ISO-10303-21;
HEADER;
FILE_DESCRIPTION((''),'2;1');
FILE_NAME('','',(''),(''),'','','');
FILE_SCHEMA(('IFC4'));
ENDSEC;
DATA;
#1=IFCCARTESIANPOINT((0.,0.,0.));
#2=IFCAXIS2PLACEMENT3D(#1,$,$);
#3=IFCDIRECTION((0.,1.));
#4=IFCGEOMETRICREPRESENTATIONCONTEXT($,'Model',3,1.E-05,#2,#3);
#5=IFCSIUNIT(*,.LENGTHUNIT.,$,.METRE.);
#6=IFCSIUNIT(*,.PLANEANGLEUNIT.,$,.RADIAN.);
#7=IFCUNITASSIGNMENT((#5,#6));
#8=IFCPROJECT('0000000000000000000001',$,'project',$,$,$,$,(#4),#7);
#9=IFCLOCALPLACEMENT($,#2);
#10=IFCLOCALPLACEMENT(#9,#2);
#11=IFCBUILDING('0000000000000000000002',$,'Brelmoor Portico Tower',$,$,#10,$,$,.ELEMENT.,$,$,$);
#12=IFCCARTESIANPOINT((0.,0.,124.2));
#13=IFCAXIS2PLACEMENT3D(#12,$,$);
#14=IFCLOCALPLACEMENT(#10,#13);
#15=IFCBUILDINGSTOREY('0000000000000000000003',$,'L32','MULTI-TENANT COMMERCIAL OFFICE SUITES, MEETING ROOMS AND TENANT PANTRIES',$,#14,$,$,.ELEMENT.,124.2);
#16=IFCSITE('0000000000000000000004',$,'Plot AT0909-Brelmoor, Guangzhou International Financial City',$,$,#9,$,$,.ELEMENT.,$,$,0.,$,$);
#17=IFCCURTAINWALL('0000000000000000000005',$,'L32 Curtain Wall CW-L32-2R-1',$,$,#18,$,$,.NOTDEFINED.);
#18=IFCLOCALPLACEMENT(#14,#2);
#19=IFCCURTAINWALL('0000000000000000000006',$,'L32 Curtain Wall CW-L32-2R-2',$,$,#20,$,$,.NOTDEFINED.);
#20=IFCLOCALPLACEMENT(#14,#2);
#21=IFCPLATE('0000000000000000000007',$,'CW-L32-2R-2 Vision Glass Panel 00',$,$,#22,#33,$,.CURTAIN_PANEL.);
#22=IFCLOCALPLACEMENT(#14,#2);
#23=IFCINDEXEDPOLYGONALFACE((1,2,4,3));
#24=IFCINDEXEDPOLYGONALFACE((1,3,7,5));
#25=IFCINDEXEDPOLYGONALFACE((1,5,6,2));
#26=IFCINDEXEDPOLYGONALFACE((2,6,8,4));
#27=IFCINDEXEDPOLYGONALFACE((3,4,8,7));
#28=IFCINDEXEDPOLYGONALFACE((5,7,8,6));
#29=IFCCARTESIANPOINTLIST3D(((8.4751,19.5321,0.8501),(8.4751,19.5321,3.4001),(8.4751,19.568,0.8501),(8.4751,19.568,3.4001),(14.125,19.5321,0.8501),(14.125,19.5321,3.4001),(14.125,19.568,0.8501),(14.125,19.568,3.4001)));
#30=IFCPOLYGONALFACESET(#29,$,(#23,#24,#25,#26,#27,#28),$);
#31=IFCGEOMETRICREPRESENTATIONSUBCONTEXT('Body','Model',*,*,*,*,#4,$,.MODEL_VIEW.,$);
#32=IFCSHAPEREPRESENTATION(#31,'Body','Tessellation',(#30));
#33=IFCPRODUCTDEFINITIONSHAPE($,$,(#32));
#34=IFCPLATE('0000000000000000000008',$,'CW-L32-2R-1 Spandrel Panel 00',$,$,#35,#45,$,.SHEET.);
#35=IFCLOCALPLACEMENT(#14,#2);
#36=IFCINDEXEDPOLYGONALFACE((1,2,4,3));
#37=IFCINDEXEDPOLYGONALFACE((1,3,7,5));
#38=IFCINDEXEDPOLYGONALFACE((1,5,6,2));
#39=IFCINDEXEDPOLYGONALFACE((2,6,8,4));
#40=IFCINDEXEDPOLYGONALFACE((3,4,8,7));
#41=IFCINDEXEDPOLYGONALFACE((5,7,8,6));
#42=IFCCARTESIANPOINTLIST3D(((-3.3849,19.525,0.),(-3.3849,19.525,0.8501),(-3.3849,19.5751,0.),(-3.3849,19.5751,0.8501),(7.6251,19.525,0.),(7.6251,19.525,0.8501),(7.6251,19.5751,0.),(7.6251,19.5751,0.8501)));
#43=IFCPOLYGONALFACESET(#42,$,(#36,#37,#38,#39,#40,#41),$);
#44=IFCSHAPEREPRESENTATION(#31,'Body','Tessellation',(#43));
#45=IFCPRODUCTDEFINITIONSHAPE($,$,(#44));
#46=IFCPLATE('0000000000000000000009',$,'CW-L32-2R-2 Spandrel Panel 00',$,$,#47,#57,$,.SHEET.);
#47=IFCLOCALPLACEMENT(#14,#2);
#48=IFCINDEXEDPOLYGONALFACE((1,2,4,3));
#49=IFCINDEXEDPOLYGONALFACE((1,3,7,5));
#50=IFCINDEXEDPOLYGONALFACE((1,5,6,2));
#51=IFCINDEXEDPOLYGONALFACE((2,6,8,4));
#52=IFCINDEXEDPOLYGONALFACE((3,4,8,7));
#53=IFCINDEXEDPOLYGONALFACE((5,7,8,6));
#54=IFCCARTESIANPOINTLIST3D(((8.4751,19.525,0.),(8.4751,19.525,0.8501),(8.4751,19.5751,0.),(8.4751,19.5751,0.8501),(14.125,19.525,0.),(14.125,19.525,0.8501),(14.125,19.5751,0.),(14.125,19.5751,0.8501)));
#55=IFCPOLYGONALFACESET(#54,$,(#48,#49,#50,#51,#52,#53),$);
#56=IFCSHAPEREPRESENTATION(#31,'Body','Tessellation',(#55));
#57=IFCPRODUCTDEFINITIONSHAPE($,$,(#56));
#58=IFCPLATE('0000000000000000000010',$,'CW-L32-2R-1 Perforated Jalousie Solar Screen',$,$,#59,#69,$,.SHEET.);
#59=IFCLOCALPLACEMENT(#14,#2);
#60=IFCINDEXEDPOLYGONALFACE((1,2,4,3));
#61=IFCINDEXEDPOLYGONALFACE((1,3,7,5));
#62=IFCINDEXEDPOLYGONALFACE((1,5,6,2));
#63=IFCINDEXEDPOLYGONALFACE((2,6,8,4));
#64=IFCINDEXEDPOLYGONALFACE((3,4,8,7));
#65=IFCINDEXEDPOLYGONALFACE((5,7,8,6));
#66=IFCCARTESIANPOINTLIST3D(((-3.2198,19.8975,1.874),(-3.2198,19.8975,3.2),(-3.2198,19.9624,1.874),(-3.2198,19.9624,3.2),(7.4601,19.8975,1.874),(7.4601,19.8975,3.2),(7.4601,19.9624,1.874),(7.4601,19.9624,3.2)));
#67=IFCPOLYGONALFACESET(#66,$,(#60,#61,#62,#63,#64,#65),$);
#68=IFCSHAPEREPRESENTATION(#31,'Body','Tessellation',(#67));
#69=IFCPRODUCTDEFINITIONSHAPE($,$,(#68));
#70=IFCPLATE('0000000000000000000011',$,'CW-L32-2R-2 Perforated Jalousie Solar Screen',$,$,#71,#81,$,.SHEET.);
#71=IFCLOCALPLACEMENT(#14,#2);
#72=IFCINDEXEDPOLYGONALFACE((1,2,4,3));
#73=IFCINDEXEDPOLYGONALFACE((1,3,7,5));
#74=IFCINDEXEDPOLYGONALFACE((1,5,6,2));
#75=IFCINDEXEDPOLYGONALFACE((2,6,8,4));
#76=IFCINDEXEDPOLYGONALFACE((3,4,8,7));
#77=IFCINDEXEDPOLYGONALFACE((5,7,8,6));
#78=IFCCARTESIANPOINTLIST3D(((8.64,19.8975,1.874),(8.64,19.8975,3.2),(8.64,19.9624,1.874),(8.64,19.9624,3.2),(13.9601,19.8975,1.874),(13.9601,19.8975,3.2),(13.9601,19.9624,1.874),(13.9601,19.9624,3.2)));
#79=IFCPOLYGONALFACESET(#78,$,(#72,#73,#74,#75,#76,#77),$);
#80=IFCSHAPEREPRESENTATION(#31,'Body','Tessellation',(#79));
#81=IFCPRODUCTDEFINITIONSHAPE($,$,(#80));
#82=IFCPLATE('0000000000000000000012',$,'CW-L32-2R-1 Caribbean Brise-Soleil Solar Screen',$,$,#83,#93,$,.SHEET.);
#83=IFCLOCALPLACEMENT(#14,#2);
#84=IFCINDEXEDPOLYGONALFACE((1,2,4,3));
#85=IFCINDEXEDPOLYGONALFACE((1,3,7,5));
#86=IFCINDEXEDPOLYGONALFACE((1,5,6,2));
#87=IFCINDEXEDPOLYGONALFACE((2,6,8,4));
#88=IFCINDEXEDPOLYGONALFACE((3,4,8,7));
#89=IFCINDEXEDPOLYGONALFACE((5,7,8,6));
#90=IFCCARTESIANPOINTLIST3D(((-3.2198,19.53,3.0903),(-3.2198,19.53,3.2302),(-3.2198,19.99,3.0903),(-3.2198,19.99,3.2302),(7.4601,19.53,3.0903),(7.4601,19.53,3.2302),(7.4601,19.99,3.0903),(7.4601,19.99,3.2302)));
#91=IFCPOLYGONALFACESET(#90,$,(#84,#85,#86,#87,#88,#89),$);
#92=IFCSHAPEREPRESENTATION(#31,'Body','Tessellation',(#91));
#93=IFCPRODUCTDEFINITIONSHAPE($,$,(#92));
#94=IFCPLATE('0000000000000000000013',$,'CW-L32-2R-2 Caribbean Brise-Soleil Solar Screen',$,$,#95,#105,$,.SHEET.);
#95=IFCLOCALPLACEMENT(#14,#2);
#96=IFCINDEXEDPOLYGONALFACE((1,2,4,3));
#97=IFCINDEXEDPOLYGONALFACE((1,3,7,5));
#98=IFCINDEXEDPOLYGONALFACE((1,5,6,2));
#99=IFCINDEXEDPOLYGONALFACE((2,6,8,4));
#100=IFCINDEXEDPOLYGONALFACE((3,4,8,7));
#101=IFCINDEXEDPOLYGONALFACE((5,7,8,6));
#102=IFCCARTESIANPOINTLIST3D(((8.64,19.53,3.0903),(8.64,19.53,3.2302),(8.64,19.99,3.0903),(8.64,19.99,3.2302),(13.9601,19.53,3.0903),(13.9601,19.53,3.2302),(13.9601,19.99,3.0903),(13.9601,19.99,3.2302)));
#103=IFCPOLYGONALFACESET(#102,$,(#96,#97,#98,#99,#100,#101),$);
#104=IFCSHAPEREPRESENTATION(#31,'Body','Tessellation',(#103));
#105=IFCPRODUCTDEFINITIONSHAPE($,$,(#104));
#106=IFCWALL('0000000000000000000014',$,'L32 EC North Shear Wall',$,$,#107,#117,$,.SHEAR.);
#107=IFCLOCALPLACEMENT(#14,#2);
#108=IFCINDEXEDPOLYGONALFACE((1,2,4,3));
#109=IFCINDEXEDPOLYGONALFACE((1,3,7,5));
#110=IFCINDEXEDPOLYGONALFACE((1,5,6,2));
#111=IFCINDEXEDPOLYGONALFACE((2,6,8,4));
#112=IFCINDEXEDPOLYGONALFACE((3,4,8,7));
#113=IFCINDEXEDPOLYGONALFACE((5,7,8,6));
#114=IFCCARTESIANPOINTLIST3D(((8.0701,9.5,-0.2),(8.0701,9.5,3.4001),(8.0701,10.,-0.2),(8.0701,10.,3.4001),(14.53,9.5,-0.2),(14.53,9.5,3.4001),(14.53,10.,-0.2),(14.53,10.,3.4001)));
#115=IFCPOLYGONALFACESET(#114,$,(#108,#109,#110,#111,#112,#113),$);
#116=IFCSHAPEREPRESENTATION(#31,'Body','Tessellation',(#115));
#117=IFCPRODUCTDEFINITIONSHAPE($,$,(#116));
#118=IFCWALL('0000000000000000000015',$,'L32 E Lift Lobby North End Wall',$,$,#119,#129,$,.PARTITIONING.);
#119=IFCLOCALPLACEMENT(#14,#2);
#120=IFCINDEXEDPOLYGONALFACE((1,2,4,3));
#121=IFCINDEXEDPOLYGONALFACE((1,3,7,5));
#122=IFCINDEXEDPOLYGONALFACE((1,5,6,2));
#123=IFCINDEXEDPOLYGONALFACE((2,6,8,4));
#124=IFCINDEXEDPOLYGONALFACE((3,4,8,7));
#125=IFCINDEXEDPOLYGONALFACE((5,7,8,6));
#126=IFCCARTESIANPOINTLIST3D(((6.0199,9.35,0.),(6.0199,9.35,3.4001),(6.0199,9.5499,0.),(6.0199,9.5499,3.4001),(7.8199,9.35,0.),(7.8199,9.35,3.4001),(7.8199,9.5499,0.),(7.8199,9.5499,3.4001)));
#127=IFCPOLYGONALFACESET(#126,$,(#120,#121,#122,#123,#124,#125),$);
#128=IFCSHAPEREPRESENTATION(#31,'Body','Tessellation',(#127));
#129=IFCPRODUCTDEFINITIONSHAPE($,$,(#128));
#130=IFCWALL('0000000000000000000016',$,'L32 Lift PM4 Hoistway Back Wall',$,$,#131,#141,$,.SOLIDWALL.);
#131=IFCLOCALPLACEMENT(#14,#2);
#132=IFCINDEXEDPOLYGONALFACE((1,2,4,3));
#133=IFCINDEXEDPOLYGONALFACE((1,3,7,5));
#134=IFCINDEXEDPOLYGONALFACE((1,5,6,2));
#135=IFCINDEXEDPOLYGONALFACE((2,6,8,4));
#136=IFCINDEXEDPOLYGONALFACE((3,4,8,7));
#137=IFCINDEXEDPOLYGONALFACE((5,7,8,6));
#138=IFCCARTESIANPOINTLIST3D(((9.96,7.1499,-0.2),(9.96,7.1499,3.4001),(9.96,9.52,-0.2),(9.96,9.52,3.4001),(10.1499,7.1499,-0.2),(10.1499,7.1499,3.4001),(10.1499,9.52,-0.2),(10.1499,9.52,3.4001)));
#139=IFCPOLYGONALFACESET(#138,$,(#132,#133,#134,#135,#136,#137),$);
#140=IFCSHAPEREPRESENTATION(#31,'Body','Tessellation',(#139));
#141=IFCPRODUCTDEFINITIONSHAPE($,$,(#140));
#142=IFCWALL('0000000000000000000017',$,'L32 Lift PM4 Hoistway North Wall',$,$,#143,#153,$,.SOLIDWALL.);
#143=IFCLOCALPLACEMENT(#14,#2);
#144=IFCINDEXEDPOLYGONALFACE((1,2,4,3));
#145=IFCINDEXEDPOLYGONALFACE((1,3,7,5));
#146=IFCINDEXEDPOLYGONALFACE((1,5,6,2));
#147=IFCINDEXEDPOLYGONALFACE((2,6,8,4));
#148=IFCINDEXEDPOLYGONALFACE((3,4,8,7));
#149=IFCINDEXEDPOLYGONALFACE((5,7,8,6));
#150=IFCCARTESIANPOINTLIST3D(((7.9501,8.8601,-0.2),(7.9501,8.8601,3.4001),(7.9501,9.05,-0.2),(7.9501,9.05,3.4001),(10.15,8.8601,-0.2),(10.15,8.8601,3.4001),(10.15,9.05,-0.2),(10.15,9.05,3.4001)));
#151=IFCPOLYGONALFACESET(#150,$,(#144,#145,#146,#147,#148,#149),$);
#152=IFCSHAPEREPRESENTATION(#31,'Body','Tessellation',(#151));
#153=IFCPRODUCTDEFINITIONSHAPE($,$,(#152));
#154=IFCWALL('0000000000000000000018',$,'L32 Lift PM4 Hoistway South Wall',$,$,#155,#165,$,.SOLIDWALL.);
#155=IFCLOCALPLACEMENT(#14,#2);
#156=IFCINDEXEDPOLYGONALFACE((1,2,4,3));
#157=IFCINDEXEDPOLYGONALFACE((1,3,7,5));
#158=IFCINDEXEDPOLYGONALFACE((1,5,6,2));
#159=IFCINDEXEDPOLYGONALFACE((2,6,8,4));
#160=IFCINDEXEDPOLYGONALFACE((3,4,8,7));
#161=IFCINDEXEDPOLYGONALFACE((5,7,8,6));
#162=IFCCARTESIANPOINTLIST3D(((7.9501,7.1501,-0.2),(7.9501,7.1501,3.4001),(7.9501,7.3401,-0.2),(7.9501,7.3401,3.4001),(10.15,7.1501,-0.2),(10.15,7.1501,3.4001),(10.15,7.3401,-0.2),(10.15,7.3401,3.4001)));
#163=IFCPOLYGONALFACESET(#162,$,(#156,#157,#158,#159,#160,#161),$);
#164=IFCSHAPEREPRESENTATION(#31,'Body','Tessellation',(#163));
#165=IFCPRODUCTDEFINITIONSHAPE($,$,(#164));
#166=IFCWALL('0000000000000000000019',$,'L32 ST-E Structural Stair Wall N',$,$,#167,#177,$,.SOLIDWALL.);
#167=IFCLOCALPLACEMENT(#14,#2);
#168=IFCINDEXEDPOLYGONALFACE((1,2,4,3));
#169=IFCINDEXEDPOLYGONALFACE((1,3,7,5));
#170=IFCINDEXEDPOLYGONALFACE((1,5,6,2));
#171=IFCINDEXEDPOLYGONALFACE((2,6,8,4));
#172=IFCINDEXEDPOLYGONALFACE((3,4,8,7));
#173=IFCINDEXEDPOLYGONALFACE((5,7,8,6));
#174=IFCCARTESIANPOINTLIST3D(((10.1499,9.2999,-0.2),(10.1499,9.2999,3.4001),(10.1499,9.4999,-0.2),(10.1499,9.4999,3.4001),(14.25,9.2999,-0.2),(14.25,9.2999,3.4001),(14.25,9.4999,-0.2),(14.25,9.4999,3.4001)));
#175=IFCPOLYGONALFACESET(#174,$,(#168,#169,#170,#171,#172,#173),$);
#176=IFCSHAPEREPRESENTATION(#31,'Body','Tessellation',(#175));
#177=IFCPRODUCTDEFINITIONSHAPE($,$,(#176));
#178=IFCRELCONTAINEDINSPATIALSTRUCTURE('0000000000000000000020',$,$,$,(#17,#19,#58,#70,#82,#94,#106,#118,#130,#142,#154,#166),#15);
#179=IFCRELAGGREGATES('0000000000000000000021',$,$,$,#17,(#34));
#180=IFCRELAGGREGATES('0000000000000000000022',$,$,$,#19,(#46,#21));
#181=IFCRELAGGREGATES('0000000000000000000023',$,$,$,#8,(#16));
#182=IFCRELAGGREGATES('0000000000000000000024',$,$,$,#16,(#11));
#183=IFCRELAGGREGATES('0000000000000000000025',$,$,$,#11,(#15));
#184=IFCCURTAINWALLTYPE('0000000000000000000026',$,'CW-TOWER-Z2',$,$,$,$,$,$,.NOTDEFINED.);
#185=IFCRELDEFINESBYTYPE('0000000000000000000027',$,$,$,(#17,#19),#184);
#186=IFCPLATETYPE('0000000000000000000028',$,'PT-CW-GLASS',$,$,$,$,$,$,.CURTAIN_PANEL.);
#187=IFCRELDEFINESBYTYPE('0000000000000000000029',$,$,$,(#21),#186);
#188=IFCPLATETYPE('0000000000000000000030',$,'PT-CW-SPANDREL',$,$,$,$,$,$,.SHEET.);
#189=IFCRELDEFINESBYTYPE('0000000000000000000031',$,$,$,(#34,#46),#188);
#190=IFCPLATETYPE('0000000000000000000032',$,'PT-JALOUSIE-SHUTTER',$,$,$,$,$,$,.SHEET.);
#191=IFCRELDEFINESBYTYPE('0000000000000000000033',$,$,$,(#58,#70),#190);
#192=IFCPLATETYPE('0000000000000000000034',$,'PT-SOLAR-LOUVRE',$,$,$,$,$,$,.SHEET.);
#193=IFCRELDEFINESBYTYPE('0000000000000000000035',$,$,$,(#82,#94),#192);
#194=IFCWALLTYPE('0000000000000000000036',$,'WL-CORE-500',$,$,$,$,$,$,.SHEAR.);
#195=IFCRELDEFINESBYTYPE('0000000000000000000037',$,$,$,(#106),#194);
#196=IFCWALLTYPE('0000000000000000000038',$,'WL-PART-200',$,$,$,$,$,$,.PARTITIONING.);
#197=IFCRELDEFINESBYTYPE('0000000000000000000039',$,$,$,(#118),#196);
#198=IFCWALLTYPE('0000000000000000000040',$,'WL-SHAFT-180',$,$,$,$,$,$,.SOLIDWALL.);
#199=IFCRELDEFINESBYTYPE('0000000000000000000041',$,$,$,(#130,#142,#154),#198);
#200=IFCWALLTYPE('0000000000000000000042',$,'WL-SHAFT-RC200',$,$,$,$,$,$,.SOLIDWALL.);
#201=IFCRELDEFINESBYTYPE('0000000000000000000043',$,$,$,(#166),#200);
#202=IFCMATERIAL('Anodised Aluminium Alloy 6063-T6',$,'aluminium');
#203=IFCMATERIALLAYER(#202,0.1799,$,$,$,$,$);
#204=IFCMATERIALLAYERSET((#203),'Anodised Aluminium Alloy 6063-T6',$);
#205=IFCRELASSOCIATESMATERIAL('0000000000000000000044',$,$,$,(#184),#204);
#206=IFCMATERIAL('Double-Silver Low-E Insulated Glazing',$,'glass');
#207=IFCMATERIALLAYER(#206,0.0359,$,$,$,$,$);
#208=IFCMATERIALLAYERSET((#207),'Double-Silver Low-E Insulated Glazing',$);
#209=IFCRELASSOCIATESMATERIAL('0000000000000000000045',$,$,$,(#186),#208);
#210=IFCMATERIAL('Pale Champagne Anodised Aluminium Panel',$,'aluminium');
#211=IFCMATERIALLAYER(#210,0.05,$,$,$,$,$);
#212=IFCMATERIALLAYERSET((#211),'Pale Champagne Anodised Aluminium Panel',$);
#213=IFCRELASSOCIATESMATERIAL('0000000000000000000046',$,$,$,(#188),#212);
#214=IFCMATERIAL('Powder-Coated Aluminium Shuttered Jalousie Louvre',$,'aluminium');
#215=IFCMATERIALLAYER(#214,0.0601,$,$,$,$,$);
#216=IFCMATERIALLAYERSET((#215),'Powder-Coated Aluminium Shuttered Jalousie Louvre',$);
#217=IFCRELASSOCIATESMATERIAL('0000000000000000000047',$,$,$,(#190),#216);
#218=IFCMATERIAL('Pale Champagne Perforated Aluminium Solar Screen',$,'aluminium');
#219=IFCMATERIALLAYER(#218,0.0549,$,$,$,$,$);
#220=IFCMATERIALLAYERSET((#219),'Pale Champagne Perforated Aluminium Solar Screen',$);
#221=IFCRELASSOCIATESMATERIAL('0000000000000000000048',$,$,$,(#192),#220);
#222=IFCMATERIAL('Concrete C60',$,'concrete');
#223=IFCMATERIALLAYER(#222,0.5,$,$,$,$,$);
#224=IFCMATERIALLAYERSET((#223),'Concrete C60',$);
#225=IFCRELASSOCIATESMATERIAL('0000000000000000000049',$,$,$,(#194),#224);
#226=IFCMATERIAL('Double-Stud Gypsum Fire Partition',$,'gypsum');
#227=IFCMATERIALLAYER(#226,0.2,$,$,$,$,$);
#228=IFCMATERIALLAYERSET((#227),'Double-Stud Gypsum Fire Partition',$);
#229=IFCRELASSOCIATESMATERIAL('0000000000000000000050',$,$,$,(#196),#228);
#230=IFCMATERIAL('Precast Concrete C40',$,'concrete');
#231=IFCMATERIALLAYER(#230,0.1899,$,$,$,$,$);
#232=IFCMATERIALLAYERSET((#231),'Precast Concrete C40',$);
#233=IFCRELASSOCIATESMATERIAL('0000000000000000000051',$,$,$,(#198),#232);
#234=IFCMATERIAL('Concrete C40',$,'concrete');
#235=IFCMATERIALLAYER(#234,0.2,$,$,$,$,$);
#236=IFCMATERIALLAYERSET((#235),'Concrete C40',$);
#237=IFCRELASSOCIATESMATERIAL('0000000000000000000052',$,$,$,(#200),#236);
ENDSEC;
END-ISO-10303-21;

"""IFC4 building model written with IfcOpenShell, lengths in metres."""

from ifc_helpers import new_model, si_unit, direction, frame, frame_2d, origin, origin_2d, place, context, subcontext, project, spatial, rectangle, extrude, material, layer, layer_set, type_object, element, aggregate, save


model = new_model("IFC4")

# Units and contexts
model_context = context("Model", 3, precision=1e-05, world=origin(), true_north=direction((0.0, 1.0)))
body_context = subcontext(model_context, "Body", "Model", "MODEL_VIEW")
ifc_project = project(units=[si_unit("LENGTHUNIT", "METRE"), si_unit("PLANEANGLEUNIT", "RADIAN")], contexts=[model_context])

# Site, building, storey
site_placement = place(None, origin())
site = spatial("IfcSite", under=ifc_project, at=site_placement, Name="Plot AT0909-Brelmoor, Guangzhou International Financial City", CompositionType="ELEMENT", RefElevation=0.0)
building_placement = place(site_placement, origin())
building = spatial("IfcBuilding", under=site, at=building_placement, Name="Brelmoor Portico Tower", CompositionType="ELEMENT")
storey_placement = place(building_placement, frame((0.0, 0.0, 124.2)))
storey = spatial("IfcBuildingStorey", under=building, at=storey_placement, Name="L32", Description="MULTI-TENANT COMMERCIAL OFFICE SUITES, MEETING ROOMS AND TENANT PANTRIES", CompositionType="ELEMENT", Elevation=124.2)

# Curtain wall
ifc_material_1 = material(Name="Anodised Aluminium Alloy 6063-T6", Category="aluminium")
ifc_layer_1 = layer(ifc_material_1, 0.1799)
ifc_layer_set_1 = layer_set([ifc_layer_1], Name="Anodised Aluminium Alloy 6063-T6")
curtain_wall_type = type_object("IfcCurtainWallType", Name="CW-TOWER-Z2", PredefinedType="NOTDEFINED", material=ifc_layer_set_1)
curtain_wall_1_placement = place(storey_placement, origin())
curtain_wall_1 = element("IfcCurtainWall", 1, at=curtain_wall_1_placement, inside=storey, type_object=curtain_wall_type, Name="L32 Curtain Wall CW-L32-2R-1", PredefinedType="NOTDEFINED")

# Curtain wall
curtain_wall_2_placement = place(storey_placement, origin())
curtain_wall_2 = element("IfcCurtainWall", 2, at=curtain_wall_2_placement, inside=storey, type_object=curtain_wall_type, Name="L32 Curtain Wall CW-L32-2R-2", PredefinedType="NOTDEFINED")

# Plates
ifc_material_2 = material(Name="Double-Silver Low-E Insulated Glazing", Category="glass")
ifc_layer_2 = layer(ifc_material_2, 0.0359)
ifc_layer_set_2 = layer_set([ifc_layer_2], Name="Double-Silver Low-E Insulated Glazing")
plate_type_1 = type_object("IfcPlateType", Name="PT-CW-GLASS", PredefinedType="CURTAIN_PANEL", material=ifc_layer_set_2)
plate_1_placement = place(storey_placement, frame((11.3, 19.55, 0.8501), z_axis=(0.0, 0.0, 1.0), x_axis=(1.0, 0.0, 0.0)))
plate_1 = element("IfcPlate", 3, at=plate_1_placement, type_object=plate_type_1, Name="CW-L32-2R-2 Vision Glass Panel 00", PredefinedType="CURTAIN_PANEL", context=body_context, shape_type="SweptSolid", body=[
    extrude(rectangle(XDim=5.6499, YDim=0.0359, at=origin_2d()), origin(), (0.0, 0.0, 1.0), 2.55),
])
ifc_material_3 = material(Name="Pale Champagne Anodised Aluminium Panel", Category="aluminium")
ifc_layer_3 = layer(ifc_material_3, 0.05)
ifc_layer_set_3 = layer_set([ifc_layer_3], Name="Pale Champagne Anodised Aluminium Panel")
plate_type_2 = type_object("IfcPlateType", Name="PT-CW-SPANDREL", PredefinedType="SHEET", material=ifc_layer_set_3)
plate_2_placement = place(storey_placement, frame((2.1201, 19.55, 0.0), z_axis=(0.0, 0.0, 1.0), x_axis=(1.0, 0.0, 0.0)))
plate_2 = element("IfcPlate", 4, at=plate_2_placement, type_object=plate_type_2, Name="CW-L32-2R-1 Spandrel Panel 00", PredefinedType="SHEET", context=body_context, shape_type="SweptSolid", body=[
    extrude(rectangle(XDim=11.01, YDim=0.05, at=origin_2d()), origin(), (0.0, 0.0, 1.0), 0.8501),
])
aggregate(curtain_wall_1, [plate_2])
plate_3_placement = place(storey_placement, frame((11.3, 19.55, 0.0), z_axis=(0.0, 0.0, 1.0), x_axis=(1.0, 0.0, 0.0)))
plate_3 = element("IfcPlate", 5, at=plate_3_placement, type_object=plate_type_2, Name="CW-L32-2R-2 Spandrel Panel 00", PredefinedType="SHEET", context=body_context, shape_type="SweptSolid", body=[
    extrude(rectangle(XDim=5.6499, YDim=0.05, at=origin_2d()), origin(), (0.0, 0.0, 1.0), 0.8501),
])
aggregate(curtain_wall_2, [plate_3, plate_1])

# Plates
ifc_material_4 = material(Name="Powder-Coated Aluminium Shuttered Jalousie Louvre", Category="aluminium")
ifc_layer_4 = layer(ifc_material_4, 0.0601)
ifc_layer_set_4 = layer_set([ifc_layer_4], Name="Powder-Coated Aluminium Shuttered Jalousie Louvre")
plate_type_3 = type_object("IfcPlateType", Name="PT-JALOUSIE-SHUTTER", PredefinedType="SHEET", material=ifc_layer_set_4)
plate_4_placement = place(storey_placement, frame((2.1201, 19.9299, 1.874), z_axis=(0.0, 0.0, 1.0), x_axis=(1.0, 0.0, 0.0)))
element("IfcPlate", 6, at=plate_4_placement, inside=storey, type_object=plate_type_3, Name="CW-L32-2R-1 Perforated Jalousie Solar Screen", PredefinedType="SHEET", context=body_context, shape_type="SweptSolid", body=[
    extrude(rectangle(XDim=10.6799, YDim=0.0649, at=origin_2d()), origin(), (0.0, 0.0, 1.0), 1.3259),
])
plate_5_placement = place(storey_placement, frame((11.3, 19.9299, 1.874), z_axis=(0.0, 0.0, 1.0), x_axis=(1.0, 0.0, 0.0)))
element("IfcPlate", 7, at=plate_5_placement, inside=storey, type_object=plate_type_3, Name="CW-L32-2R-2 Perforated Jalousie Solar Screen", PredefinedType="SHEET", context=body_context, shape_type="SweptSolid", body=[
    extrude(rectangle(XDim=5.3201, YDim=0.0649, at=origin_2d()), origin(), (0.0, 0.0, 1.0), 1.3259),
])
ifc_material_5 = material(Name="Pale Champagne Perforated Aluminium Solar Screen", Category="aluminium")
ifc_layer_5 = layer(ifc_material_5, 0.0549)
ifc_layer_set_5 = layer_set([ifc_layer_5], Name="Pale Champagne Perforated Aluminium Solar Screen")
plate_type_4 = type_object("IfcPlateType", Name="PT-SOLAR-LOUVRE", PredefinedType="SHEET", material=ifc_layer_set_5)
plate_6_placement = place(storey_placement, frame((2.1201, 19.76, 3.0903), z_axis=(0.0, 0.0, 1.0), x_axis=(1.0, 0.0, 0.0)))
element("IfcPlate", 8, at=plate_6_placement, inside=storey, type_object=plate_type_4, Name="CW-L32-2R-1 Caribbean Brise-Soleil Solar Screen", PredefinedType="SHEET", context=body_context, shape_type="SweptSolid", body=[
    extrude(rectangle(XDim=10.6799, YDim=0.46, at=origin_2d()), origin(), (0.0, 0.0, 1.0), 0.1399),
])
plate_7_placement = place(storey_placement, frame((11.3, 19.76, 3.0903), z_axis=(0.0, 0.0, 1.0), x_axis=(1.0, 0.0, 0.0)))
element("IfcPlate", 9, at=plate_7_placement, inside=storey, type_object=plate_type_4, Name="CW-L32-2R-2 Caribbean Brise-Soleil Solar Screen", PredefinedType="SHEET", context=body_context, shape_type="SweptSolid", body=[
    extrude(rectangle(XDim=5.3201, YDim=0.46, at=origin_2d()), origin(), (0.0, 0.0, 1.0), 0.1399),
])

# Walls
ifc_material_6 = material(Name="Concrete C60", Category="concrete")
ifc_layer_6 = layer(ifc_material_6, 0.5)
ifc_layer_set_6 = layer_set([ifc_layer_6], Name="Concrete C60")
wall_type_1 = type_object("IfcWallType", Name="WL-CORE-500", PredefinedType="SHEAR", material=ifc_layer_set_6)
wall_1_placement = place(storey_placement, frame((8.0701, 9.75, -0.2), z_axis=(0.0, 0.0, 1.0), x_axis=(1.0, 0.0, 0.0)))
element("IfcWall", 10, at=wall_1_placement, inside=storey, type_object=wall_type_1, Name="L32 EC North Shear Wall", PredefinedType="SHEAR", context=body_context, shape_type="SweptSolid", body=[
    extrude(rectangle(XDim=6.46, YDim=0.5, at=frame_2d((3.23, 0.0))), origin(), (0.0, 0.0, 1.0), 3.6001),
])
ifc_material_7 = material(Name="Double-Stud Gypsum Fire Partition", Category="gypsum")
ifc_layer_7 = layer(ifc_material_7, 0.2)
ifc_layer_set_7 = layer_set([ifc_layer_7], Name="Double-Stud Gypsum Fire Partition")
wall_type_2 = type_object("IfcWallType", Name="WL-PART-200", PredefinedType="PARTITIONING", material=ifc_layer_set_7)
wall_2_placement = place(storey_placement, frame((6.02, 9.45, 0.0), z_axis=(0.0, 0.0, 1.0), x_axis=(1.0, 0.0, 0.0)))
element("IfcWall", 11, at=wall_2_placement, inside=storey, type_object=wall_type_2, Name="L32 E Lift Lobby North End Wall", PredefinedType="PARTITIONING", context=body_context, shape_type="SweptSolid", body=[
    extrude(rectangle(XDim=1.8, YDim=0.2, at=frame_2d((0.8999, 0.0))), origin(), (0.0, 0.0, 1.0), 3.4001),
])
ifc_material_8 = material(Name="Precast Concrete C40", Category="concrete")
ifc_layer_8 = layer(ifc_material_8, 0.1899)
ifc_layer_set_8 = layer_set([ifc_layer_8], Name="Precast Concrete C40")
wall_type_3 = type_object("IfcWallType", Name="WL-SHAFT-180", PredefinedType="SOLIDWALL", material=ifc_layer_set_8)
wall_3_placement = place(storey_placement, frame((10.0549, 7.1499, -0.2), z_axis=(0.0, 0.0, 1.0), x_axis=(0.0, 1.0, 0.0)))
element("IfcWall", 12, at=wall_3_placement, inside=storey, type_object=wall_type_3, Name="L32 Lift PM4 Hoistway Back Wall", PredefinedType="SOLIDWALL", context=body_context, shape_type="SweptSolid", body=[
    extrude(rectangle(XDim=2.3701, YDim=0.1899, at=frame_2d((1.1851, 0.0))), origin(), (0.0, 0.0, 1.0), 3.6001),
])
for number, where, z_axis, x_axis, name in (
    (13, (7.95, 8.9551, -0.2), (0.0, 0.0, 1.0), (1.0, 0.0, 0.0), "L32 Lift PM4 Hoistway North Wall"),
    (14, (7.95, 7.2451, -0.2), (0.0, 0.0, 1.0), (1.0, 0.0, 0.0), "L32 Lift PM4 Hoistway South Wall"),
):
    element("IfcWall", number, at=place(storey_placement, frame(where, z_axis=z_axis, x_axis=x_axis)), inside=storey, type_object=wall_type_3, Name=name, PredefinedType="SOLIDWALL", context=body_context, shape_type="SweptSolid", body=[
        extrude(rectangle(XDim=2.2, YDim=0.1899, at=frame_2d((1.1001, 0.0))), origin(), (0.0, 0.0, 1.0), 3.6001),
    ])
ifc_material_9 = material(Name="Concrete C40", Category="concrete")
ifc_layer_9 = layer(ifc_material_9, 0.2)
ifc_layer_set_9 = layer_set([ifc_layer_9], Name="Concrete C40")
wall_type_4 = type_object("IfcWallType", Name="WL-SHAFT-RC200", PredefinedType="SOLIDWALL", material=ifc_layer_set_9)
wall_4_placement = place(storey_placement, frame((10.1499, 9.3999, -0.2), z_axis=(0.0, 0.0, 1.0), x_axis=(1.0, 0.0, 0.0)))
element("IfcWall", 15, at=wall_4_placement, inside=storey, type_object=wall_type_4, Name="L32 ST-E Structural Stair Wall N", PredefinedType="SOLIDWALL", context=body_context, shape_type="SweptSolid", body=[
    extrude(rectangle(XDim=4.1001, YDim=0.2, at=frame_2d((2.05, 0.0))), origin(), (0.0, 0.0, 1.0), 3.6001),
])

save(model, "model.ifc")
